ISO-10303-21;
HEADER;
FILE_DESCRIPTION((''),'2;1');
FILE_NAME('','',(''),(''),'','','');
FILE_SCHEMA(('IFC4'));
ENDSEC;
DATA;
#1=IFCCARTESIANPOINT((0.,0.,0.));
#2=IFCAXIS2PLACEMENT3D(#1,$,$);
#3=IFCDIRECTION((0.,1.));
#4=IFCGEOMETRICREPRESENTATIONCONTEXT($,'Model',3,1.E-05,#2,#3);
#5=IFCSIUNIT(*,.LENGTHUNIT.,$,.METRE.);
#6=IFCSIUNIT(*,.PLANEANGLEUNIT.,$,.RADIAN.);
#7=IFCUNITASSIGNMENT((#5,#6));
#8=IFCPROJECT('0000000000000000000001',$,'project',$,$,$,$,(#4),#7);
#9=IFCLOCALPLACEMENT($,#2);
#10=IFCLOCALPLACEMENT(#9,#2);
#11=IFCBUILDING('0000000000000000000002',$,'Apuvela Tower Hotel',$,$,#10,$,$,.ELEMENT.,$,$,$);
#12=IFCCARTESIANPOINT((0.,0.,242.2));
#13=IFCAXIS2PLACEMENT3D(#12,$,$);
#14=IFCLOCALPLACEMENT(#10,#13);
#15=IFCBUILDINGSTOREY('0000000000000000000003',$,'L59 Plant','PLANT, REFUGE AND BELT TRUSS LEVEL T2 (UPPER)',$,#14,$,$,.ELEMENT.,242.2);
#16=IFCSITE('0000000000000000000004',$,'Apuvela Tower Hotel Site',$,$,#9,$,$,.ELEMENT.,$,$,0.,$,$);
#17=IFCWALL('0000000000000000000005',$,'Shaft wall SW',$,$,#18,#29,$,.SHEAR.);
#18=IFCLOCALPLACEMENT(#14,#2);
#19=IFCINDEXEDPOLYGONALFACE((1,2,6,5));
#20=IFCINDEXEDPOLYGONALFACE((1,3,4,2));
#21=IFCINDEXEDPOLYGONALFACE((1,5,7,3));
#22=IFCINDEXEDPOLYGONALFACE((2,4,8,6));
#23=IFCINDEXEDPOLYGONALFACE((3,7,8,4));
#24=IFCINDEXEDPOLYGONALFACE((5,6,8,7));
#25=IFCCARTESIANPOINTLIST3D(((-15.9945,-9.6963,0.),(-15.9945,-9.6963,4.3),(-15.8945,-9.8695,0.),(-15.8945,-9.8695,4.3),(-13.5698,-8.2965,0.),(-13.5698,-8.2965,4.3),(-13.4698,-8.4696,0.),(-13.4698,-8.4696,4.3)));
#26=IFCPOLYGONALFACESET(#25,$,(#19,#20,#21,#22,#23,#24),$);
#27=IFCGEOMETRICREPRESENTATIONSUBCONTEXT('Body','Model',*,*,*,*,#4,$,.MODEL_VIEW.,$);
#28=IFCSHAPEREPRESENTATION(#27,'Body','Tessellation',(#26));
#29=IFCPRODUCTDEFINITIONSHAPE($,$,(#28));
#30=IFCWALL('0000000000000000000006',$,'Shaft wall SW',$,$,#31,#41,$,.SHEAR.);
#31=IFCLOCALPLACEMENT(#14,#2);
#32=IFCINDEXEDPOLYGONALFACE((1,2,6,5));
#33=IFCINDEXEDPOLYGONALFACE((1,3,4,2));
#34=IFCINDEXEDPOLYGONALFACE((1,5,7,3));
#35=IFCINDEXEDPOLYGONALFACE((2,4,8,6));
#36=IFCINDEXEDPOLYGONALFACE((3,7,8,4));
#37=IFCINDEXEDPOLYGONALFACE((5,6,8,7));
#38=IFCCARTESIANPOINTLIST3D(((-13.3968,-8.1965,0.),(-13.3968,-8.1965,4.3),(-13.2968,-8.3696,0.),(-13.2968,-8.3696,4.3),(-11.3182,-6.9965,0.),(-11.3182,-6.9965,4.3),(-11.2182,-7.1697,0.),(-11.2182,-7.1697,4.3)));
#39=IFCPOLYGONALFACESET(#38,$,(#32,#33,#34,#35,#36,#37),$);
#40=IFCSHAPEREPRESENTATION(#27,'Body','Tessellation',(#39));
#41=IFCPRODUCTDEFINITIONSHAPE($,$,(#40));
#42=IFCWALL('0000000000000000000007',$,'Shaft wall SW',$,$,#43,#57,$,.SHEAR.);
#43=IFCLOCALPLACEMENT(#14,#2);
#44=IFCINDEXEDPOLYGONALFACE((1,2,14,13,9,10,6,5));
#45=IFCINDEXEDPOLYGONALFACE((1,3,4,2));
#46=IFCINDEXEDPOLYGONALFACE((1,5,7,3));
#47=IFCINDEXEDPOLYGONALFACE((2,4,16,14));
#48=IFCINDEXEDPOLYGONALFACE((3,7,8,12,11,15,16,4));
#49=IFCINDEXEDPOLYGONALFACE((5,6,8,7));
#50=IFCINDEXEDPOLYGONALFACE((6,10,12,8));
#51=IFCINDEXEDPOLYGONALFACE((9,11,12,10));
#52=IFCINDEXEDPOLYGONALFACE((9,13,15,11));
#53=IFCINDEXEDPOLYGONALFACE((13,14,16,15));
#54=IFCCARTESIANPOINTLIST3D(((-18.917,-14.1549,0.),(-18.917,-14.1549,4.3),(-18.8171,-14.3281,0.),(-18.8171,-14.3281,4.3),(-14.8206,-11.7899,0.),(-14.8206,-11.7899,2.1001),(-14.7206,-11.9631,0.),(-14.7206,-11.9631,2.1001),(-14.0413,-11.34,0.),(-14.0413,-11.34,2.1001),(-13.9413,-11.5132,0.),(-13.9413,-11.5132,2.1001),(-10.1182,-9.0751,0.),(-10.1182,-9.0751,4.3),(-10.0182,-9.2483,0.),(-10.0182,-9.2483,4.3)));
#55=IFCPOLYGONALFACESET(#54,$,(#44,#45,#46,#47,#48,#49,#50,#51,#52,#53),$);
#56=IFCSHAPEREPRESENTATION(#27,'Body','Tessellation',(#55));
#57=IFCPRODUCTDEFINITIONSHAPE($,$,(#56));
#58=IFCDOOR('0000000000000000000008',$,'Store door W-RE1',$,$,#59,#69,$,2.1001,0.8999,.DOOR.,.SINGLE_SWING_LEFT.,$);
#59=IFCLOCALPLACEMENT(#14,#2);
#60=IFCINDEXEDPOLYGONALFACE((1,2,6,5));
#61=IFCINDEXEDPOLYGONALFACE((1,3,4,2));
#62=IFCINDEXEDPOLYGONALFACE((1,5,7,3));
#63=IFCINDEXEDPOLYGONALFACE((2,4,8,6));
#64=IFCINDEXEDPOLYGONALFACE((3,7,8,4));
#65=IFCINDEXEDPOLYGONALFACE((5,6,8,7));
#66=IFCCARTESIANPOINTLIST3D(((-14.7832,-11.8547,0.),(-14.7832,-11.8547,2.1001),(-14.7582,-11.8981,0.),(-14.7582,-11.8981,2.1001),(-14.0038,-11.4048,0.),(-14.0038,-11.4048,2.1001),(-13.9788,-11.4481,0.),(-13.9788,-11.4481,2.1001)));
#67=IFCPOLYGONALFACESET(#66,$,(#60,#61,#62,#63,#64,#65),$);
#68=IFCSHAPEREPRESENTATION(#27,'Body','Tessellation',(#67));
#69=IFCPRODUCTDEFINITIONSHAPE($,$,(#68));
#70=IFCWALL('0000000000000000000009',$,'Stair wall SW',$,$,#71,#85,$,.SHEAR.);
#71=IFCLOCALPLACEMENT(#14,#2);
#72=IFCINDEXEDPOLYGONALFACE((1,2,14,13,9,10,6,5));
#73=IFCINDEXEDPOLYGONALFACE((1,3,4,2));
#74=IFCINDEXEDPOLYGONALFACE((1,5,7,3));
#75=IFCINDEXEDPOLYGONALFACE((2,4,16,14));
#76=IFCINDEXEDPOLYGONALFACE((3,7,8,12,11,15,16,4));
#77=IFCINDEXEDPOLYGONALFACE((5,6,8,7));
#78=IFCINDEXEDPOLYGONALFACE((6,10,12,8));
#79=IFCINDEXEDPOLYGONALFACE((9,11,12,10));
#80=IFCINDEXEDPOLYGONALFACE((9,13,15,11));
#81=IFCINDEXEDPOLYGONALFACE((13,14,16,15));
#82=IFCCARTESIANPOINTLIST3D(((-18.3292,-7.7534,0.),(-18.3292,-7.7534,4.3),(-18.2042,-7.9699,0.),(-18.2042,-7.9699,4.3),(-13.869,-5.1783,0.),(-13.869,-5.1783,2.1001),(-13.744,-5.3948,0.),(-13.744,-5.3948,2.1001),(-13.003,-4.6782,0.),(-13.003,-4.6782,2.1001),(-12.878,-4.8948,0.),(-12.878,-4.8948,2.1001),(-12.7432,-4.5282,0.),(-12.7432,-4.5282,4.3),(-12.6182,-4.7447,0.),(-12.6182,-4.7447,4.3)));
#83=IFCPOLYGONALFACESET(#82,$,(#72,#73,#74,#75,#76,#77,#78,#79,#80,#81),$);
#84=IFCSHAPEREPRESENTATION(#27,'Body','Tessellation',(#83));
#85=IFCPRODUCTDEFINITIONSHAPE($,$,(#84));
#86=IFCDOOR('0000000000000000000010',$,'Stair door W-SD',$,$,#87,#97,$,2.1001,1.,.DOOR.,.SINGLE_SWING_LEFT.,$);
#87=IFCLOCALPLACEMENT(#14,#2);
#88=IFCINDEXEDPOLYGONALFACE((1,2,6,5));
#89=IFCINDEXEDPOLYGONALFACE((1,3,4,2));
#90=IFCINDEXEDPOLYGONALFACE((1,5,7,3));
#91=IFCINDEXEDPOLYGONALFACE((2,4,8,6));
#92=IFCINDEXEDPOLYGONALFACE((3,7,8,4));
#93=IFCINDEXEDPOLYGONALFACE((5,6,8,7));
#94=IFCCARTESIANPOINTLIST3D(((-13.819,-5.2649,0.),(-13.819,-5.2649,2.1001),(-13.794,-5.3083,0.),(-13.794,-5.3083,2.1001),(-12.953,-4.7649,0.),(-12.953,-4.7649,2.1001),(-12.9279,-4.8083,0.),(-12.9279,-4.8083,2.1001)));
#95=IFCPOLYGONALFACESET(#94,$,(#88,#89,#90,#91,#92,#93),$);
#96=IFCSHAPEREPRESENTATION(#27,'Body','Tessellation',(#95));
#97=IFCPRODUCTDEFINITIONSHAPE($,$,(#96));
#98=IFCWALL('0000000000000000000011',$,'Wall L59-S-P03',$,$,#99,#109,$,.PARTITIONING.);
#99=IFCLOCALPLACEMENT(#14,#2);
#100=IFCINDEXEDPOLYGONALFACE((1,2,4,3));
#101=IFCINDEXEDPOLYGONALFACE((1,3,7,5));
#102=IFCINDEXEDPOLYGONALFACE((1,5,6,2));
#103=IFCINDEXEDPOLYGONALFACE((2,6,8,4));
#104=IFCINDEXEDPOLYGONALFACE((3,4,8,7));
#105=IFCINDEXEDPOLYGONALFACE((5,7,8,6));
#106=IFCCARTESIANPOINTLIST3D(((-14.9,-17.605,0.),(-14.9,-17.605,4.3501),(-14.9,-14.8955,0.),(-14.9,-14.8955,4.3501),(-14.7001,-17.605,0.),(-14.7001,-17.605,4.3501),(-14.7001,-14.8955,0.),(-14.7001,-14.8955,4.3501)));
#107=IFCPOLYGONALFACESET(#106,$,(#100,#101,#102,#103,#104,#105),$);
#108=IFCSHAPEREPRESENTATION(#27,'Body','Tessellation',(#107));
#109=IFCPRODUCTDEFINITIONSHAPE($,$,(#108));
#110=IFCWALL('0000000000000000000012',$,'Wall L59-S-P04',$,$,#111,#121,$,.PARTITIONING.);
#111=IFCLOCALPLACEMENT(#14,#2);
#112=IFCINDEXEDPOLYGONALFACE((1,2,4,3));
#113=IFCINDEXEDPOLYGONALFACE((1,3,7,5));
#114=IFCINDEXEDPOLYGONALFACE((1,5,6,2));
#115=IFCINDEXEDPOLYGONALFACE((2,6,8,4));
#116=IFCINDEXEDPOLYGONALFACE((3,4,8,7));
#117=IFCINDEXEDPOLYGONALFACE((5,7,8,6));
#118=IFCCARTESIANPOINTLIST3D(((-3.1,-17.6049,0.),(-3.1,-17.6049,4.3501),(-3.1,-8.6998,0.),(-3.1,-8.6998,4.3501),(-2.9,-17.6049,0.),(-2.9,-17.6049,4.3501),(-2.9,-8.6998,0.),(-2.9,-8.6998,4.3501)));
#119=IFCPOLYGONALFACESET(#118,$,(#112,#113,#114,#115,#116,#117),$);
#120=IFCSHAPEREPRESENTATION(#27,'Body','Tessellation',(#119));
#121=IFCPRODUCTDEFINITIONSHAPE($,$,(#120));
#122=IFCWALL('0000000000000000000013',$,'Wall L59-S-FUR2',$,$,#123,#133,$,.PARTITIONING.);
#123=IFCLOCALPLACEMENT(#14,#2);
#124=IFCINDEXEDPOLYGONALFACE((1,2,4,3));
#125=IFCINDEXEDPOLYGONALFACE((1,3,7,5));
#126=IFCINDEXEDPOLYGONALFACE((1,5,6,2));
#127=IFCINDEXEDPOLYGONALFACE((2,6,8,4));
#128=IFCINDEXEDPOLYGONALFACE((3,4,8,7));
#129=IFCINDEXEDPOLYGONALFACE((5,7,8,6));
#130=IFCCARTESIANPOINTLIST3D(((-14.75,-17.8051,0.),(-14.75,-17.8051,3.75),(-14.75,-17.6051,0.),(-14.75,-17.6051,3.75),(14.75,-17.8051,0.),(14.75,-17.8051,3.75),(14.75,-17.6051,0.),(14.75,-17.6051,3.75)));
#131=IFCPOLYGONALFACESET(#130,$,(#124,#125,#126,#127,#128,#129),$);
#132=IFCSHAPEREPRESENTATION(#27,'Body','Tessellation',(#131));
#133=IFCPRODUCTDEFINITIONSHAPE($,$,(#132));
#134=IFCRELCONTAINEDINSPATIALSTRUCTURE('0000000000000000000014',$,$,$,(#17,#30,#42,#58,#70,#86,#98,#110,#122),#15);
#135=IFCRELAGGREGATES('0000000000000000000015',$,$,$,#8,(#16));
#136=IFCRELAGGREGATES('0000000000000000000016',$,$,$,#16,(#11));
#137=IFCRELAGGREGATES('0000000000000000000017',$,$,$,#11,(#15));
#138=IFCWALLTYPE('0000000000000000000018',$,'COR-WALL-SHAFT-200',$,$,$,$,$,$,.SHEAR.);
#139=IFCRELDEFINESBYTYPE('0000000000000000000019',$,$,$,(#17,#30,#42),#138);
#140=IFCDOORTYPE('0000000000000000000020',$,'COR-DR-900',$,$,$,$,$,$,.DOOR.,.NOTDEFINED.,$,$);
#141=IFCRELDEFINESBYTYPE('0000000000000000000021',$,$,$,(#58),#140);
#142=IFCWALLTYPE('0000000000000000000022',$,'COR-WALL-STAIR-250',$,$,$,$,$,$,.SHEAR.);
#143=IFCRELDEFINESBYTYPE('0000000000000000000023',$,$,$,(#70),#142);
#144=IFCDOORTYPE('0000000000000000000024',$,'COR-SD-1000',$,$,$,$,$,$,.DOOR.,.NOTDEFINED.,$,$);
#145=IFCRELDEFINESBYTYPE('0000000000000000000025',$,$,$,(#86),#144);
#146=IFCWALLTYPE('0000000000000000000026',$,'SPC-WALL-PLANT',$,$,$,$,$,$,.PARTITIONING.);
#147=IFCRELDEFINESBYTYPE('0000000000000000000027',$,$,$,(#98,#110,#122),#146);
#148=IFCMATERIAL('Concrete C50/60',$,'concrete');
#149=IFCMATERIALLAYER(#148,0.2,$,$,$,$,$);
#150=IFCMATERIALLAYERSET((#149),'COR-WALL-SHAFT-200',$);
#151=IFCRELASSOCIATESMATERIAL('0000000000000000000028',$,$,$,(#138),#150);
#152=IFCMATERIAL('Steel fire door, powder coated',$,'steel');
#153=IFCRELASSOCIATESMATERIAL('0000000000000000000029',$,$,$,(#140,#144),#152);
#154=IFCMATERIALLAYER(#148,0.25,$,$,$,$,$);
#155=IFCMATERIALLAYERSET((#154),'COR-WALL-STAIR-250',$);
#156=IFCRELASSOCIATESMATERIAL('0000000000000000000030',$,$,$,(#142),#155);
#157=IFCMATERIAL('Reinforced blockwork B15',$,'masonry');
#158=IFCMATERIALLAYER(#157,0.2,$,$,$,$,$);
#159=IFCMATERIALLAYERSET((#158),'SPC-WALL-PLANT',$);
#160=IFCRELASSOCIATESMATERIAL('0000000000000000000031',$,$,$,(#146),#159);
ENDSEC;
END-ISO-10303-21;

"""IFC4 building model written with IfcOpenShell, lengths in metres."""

from ifc_helpers import new_model, si_unit, direction, frame, frame_2d, origin, place, context, subcontext, project, spatial, rectangle, extrude, material, layer, layer_set, type_object, element, fill, save


model = new_model("IFC4")

# Units and contexts
model_context = context("Model", 3, precision=1e-05, world=origin(), true_north=direction((0.0, 1.0)))
body_context = subcontext(model_context, "Body", "Model", "MODEL_VIEW")
ifc_project = project(units=[si_unit("LENGTHUNIT", "METRE"), si_unit("PLANEANGLEUNIT", "RADIAN")], contexts=[model_context])

# Site, building, storey
site_placement = place(None, origin())
site = spatial("IfcSite", under=ifc_project, at=site_placement, Name="Apuvela Tower Hotel Site", CompositionType="ELEMENT", RefElevation=0.0)
building_placement = place(site_placement, origin())
building = spatial("IfcBuilding", under=site, at=building_placement, Name="Apuvela Tower Hotel", CompositionType="ELEMENT")
storey_placement = place(building_placement, frame((0.0, 0.0, 242.2)))
storey = spatial("IfcBuildingStorey", under=building, at=storey_placement, Name="L59 Plant", Description="PLANT, REFUGE AND BELT TRUSS LEVEL T2 (UPPER)", CompositionType="ELEMENT", Elevation=242.2)

# Shared definitions
ifc_material_1 = material(Name="Concrete C50/60", Category="concrete")
ifc_material_2 = material(Name="Steel fire door, powder coated", Category="steel")

# Shared definitions
ifc_layer_1 = layer(ifc_material_1, 0.2)
ifc_layer_set_1 = layer_set([ifc_layer_1], Name="COR-WALL-SHAFT-200")
wall_type_1 = type_object("IfcWallType", Name="COR-WALL-SHAFT-200", PredefinedType="SHEAR", material=ifc_layer_set_1)

# Walls
wall_1_placement = place(storey_placement, frame((-13.5198, -8.3831, 0.0), z_axis=(0.0, 0.0, 1.0), x_axis=(-0.866035, -0.499984, 0.0)))
element("IfcWall", 1, at=wall_1_placement, inside=storey, type_object=wall_type_1, Name="Shaft wall SW", PredefinedType="SHEAR", context=body_context, shape_type="SweptSolid", body=[
    extrude(rectangle(XDim=2.7998, YDim=0.2, at=frame_2d((1.3999, 0.0))), origin(), (0.0, 0.0, 1.0), 4.3),
])
wall_2_placement = place(storey_placement, frame((-11.2681, -7.083, 0.0), z_axis=(0.0, 0.0, 1.0), x_axis=(-0.86605, -0.499957, 0.0)))
element("IfcWall", 2, at=wall_2_placement, inside=storey, type_object=wall_type_1, Name="Shaft wall SW", PredefinedType="SHEAR", context=body_context, shape_type="SweptSolid", body=[
    extrude(rectangle(XDim=2.4001, YDim=0.2, at=frame_2d((1.2002, 0.0))), origin(), (0.0, 0.0, 1.0), 4.3),
])

# Walls, openings, doors
wall_3_placement = place(storey_placement, frame((-10.0681, -9.1616, 0.0), z_axis=(0.0, 0.0, 1.0), x_axis=(-0.866033, -0.499987, 0.0)))
wall_3 = element("IfcWall", 3, at=wall_3_placement, inside=storey, type_object=wall_type_1, Name="Shaft wall SW", PredefinedType="SHEAR", context=body_context, shape_type="SweptSolid", body=[
    extrude(rectangle(XDim=10.1599, YDim=0.2, at=frame_2d((5.0801, 0.0))), origin(), (0.0, 0.0, 1.0), 4.3),
])
opening_1_placement = place(wall_3_placement, frame((4.53, 0.0, 0.0)))
opening_1 = element("IfcOpeningElement", 4, at=opening_1_placement, cuts=wall_3, PredefinedType="OPENING", context=body_context, shape_type="SweptSolid", body=[
    extrude(rectangle(XDim=0.8999, YDim=2.1001, at=frame_2d((0.45, 1.05))), frame((0.0, 0.1099, 0.0), z_axis=(0.0, -1.0, 0.0), x_axis=(1.0, 0.0, 0.0)), (0.0, 0.0, 1.0), 0.22),
])
door_type_1 = type_object("IfcDoorType", Name="COR-DR-900", OperationType="NOTDEFINED", PredefinedType="DOOR", material=ifc_material_2)
door_1_placement = place(opening_1_placement, origin())
door_1 = element("IfcDoor", 5, at=door_1_placement, inside=storey, type_object=door_type_1, Name="Store door W-RE1", OperationType="SINGLE_SWING_LEFT", OverallHeight=2.1001, OverallWidth=0.8999, PredefinedType="DOOR", context=body_context, shape_type="SweptSolid", body=[
    extrude(rectangle(XDim=0.8999, YDim=2.1001, at=frame_2d((0.45, 1.05))), frame((0.0, 0.0249, 0.0), z_axis=(0.0, -1.0, 0.0), x_axis=(1.0, 0.0, 0.0)), (0.0, 0.0, 1.0), 0.05),
])
fill(opening_1, door_1)
ifc_layer_2 = layer(ifc_material_1, 0.25)
ifc_layer_set_2 = layer_set([ifc_layer_2], Name="COR-WALL-STAIR-250")
wall_type_2 = type_object("IfcWallType", Name="COR-WALL-STAIR-250", PredefinedType="SHEAR", material=ifc_layer_set_2)
wall_4_placement = place(storey_placement, frame((-12.6807, -4.6365, 0.0), z_axis=(0.0, 0.0, 1.0), x_axis=(-0.866022, -0.500006, 0.0)))
wall_4 = element("IfcWall", 6, at=wall_4_placement, inside=storey, type_object=wall_type_2, Name="Stair wall SW", PredefinedType="SHEAR", context=body_context, shape_type="SweptSolid", body=[
    extrude(rectangle(XDim=6.4502, YDim=0.25, at=frame_2d((3.2251, 0.0))), origin(), (0.0, 0.0, 1.0), 4.3),
])
opening_2_placement = place(wall_4_placement, frame((0.3, 0.0, 0.0)))
opening_2 = element("IfcOpeningElement", 7, at=opening_2_placement, cuts=wall_4, PredefinedType="OPENING", context=body_context, shape_type="SweptSolid", body=[
    extrude(rectangle(XDim=1.0, YDim=2.1001, at=frame_2d((0.5, 1.05))), frame((0.0, 0.135, 0.0), z_axis=(0.0, -1.0, 0.0), x_axis=(1.0, 0.0, 0.0)), (0.0, 0.0, 1.0), 0.27),
])
door_type_2 = type_object("IfcDoorType", Name="COR-SD-1000", OperationType="NOTDEFINED", PredefinedType="DOOR", material=ifc_material_2)
door_2_placement = place(opening_2_placement, frame((1.0, 0.0, 0.0), z_axis=(0.0, 0.0, 1.0), x_axis=(-1.0, 0.0, 0.0)))
door_2 = element("IfcDoor", 8, at=door_2_placement, inside=storey, type_object=door_type_2, Name="Stair door W-SD", OperationType="SINGLE_SWING_LEFT", OverallHeight=2.1001, OverallWidth=1.0, PredefinedType="DOOR", context=body_context, shape_type="SweptSolid", body=[
    extrude(rectangle(XDim=1.0, YDim=2.1001, at=frame_2d((0.5, 1.05))), frame((0.0, 0.0249, 0.0), z_axis=(0.0, -1.0, 0.0), x_axis=(1.0, 0.0, 0.0)), (0.0, 0.0, 1.0), 0.05),
])
fill(opening_2, door_2)

# Walls
ifc_material_3 = material(Name="Reinforced blockwork B15", Category="masonry")
ifc_layer_3 = layer(ifc_material_3, 0.2)
ifc_layer_set_3 = layer_set([ifc_layer_3], Name="SPC-WALL-PLANT")
wall_type_3 = type_object("IfcWallType", Name="SPC-WALL-PLANT", PredefinedType="PARTITIONING", material=ifc_layer_set_3)
wall_5_placement = place(storey_placement, frame((-14.8, -17.605, 0.0), z_axis=(0.0, 0.0, 1.0), x_axis=(0.0, 1.0, 0.0)))
element("IfcWall", 9, at=wall_5_placement, inside=storey, type_object=wall_type_3, Name="Wall L59-S-P03", PredefinedType="PARTITIONING", context=body_context, shape_type="SweptSolid", body=[
    extrude(rectangle(XDim=2.7095, YDim=0.2, at=frame_2d((1.3547, 0.0))), origin(), (0.0, 0.0, 1.0), 4.3501),
])
wall_6_placement = place(storey_placement, frame((-3.0, -17.605, 0.0), z_axis=(0.0, 0.0, 1.0), x_axis=(0.0, 1.0, 0.0)))
element("IfcWall", 10, at=wall_6_placement, inside=storey, type_object=wall_type_3, Name="Wall L59-S-P04", PredefinedType="PARTITIONING", context=body_context, shape_type="SweptSolid", body=[
    extrude(rectangle(XDim=8.905, YDim=0.2, at=frame_2d((4.4526, 0.0))), origin(), (0.0, 0.0, 1.0), 4.3501),
])
wall_7_placement = place(storey_placement, frame((-14.75, -17.7051, 0.0), z_axis=(0.0, 0.0, 1.0), x_axis=(1.0, 0.0, 0.0)))
element("IfcWall", 11, at=wall_7_placement, inside=storey, type_object=wall_type_3, Name="Wall L59-S-FUR2", PredefinedType="PARTITIONING", context=body_context, shape_type="SweptSolid", body=[
    extrude(rectangle(XDim=29.5, YDim=0.2, at=frame_2d((14.75, 0.0))), origin(), (0.0, 0.0, 1.0), 3.75),
])

save(model, "model.ifc")
